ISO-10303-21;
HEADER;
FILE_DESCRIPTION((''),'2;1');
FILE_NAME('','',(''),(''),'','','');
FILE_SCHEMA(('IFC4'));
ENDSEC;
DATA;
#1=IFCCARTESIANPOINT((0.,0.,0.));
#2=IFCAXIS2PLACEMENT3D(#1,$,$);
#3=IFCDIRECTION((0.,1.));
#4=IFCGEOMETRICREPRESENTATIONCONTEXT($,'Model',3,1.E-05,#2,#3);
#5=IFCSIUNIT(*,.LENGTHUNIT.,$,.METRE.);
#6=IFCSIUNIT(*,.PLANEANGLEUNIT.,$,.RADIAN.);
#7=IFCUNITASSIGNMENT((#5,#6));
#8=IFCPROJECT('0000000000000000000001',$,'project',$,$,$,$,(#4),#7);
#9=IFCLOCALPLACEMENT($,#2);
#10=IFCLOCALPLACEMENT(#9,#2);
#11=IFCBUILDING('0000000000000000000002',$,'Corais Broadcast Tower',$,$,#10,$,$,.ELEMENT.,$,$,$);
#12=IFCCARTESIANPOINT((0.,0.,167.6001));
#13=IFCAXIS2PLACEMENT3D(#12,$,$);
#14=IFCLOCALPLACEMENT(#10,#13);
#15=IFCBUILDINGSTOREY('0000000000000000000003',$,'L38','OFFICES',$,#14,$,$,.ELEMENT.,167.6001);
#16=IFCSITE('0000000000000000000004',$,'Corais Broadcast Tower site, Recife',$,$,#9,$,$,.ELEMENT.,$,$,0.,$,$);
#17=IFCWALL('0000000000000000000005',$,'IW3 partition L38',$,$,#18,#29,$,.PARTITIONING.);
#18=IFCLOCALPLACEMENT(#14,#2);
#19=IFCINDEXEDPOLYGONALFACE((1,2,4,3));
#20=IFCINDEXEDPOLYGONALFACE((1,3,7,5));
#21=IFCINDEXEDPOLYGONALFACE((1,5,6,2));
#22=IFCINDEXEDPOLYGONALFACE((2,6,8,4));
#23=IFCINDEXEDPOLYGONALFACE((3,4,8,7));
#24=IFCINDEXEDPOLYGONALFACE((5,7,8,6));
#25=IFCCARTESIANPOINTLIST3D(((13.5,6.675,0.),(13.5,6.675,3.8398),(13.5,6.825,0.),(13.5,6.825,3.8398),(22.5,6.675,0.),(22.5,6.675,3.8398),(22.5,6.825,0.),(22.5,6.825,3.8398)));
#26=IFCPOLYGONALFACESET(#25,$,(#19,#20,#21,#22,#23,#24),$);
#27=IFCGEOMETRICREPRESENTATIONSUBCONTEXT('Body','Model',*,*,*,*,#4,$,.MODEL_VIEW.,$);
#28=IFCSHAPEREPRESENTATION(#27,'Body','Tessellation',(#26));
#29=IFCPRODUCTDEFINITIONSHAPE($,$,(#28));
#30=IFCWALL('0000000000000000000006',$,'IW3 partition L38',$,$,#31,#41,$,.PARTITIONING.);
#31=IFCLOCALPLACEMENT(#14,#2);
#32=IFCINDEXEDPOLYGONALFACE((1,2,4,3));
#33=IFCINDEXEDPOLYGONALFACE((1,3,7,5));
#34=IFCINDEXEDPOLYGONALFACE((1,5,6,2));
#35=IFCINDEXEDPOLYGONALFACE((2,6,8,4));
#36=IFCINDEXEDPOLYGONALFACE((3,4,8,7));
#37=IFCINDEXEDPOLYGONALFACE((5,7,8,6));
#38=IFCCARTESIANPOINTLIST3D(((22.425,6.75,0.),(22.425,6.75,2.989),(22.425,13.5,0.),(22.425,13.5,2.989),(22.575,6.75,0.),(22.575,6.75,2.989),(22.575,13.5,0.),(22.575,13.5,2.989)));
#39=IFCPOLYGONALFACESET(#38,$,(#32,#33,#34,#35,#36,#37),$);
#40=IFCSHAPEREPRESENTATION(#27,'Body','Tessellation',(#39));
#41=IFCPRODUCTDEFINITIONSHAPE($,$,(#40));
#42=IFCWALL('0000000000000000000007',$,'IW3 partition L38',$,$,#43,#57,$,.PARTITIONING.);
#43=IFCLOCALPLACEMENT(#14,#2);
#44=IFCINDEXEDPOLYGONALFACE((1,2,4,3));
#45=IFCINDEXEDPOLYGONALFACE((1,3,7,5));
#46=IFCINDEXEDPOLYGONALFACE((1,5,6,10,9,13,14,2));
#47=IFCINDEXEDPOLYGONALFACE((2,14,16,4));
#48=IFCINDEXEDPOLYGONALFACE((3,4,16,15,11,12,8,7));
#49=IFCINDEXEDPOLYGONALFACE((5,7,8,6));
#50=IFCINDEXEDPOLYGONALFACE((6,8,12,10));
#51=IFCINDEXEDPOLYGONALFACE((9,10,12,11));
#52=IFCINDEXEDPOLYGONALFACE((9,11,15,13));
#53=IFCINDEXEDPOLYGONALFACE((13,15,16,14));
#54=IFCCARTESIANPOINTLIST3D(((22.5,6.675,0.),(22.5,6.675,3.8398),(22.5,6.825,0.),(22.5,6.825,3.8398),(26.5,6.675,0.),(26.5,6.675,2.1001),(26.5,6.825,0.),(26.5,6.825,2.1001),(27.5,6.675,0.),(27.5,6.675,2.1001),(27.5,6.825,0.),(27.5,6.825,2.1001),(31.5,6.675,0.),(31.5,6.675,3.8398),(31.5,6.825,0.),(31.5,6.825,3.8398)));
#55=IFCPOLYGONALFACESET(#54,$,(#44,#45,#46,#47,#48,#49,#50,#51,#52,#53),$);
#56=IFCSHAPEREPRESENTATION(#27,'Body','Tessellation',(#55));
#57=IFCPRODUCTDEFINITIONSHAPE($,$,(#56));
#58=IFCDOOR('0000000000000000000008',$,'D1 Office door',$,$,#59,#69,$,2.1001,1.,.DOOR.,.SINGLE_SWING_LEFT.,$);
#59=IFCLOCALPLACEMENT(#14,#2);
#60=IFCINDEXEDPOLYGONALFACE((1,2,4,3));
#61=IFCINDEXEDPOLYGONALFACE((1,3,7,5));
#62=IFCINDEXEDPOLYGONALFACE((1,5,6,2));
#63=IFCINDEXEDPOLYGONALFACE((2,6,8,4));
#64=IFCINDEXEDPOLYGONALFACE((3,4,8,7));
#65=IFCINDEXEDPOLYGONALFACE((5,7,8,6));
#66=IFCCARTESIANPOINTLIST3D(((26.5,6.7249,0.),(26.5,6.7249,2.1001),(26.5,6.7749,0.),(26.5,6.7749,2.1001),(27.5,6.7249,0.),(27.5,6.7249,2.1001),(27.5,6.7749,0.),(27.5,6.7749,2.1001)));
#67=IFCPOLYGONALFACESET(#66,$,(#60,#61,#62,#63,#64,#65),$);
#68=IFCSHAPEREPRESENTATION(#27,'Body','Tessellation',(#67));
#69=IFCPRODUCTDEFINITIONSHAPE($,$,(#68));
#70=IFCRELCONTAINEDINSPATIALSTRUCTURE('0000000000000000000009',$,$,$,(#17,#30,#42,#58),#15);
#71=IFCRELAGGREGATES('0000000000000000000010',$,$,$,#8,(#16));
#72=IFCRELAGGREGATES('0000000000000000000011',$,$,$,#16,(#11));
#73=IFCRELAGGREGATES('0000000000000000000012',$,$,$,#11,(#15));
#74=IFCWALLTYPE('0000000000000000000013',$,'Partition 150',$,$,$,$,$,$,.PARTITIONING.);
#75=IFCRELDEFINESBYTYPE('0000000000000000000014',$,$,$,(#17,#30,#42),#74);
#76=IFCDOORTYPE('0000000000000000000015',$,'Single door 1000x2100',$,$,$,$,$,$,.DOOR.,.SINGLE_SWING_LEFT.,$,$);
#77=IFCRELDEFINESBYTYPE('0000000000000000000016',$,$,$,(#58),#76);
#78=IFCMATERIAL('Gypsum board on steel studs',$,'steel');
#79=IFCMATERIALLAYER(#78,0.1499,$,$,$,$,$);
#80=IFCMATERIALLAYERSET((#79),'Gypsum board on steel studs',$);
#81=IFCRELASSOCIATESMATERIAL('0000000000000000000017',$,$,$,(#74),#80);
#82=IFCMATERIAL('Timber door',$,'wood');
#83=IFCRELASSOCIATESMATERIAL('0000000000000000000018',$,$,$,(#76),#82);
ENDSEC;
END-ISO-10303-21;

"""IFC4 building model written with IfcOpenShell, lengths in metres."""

from ifc_helpers import new_model, si_unit, direction, frame, frame_2d, origin, place, context, subcontext, project, spatial, rectangle, extrude, material, layer, layer_set, type_object, element, fill, save


model = new_model("IFC4")

# Units and contexts
model_context = context("Model", 3, precision=1e-05, world=origin(), true_north=direction((0.0, 1.0)))
body_context = subcontext(model_context, "Body", "Model", "MODEL_VIEW")
ifc_project = project(units=[si_unit("LENGTHUNIT", "METRE"), si_unit("PLANEANGLEUNIT", "RADIAN")], contexts=[model_context])

# Site, building, storey
site_placement = place(None, origin())
site = spatial("IfcSite", under=ifc_project, at=site_placement, Name="Corais Broadcast Tower site, Recife", CompositionType="ELEMENT", RefElevation=0.0)
building_placement = place(site_placement, origin())
building = spatial("IfcBuilding", under=site, at=building_placement, Name="Corais Broadcast Tower", CompositionType="ELEMENT")
storey_placement = place(building_placement, frame((0.0, 0.0, 167.6001)))
storey = spatial("IfcBuildingStorey", under=building, at=storey_placement, Name="L38", Description="OFFICES", CompositionType="ELEMENT", Elevation=167.6001)

# Walls
ifc_material_1 = material(Name="Gypsum board on steel studs", Category="steel")
ifc_layer_1 = layer(ifc_material_1, 0.1499)
ifc_layer_set_1 = layer_set([ifc_layer_1], Name="Gypsum board on steel studs")
wall_type = type_object("IfcWallType", Name="Partition 150", PredefinedType="PARTITIONING", material=ifc_layer_set_1)
wall_1_placement = place(storey_placement, frame((13.5, 6.75, 0.0), z_axis=(0.0, 0.0, 1.0), x_axis=(1.0, 0.0, 0.0)))
element("IfcWall", 1, at=wall_1_placement, inside=storey, type_object=wall_type, Name="IW3 partition L38", PredefinedType="PARTITIONING", context=body_context, shape_type="SweptSolid", body=[
    extrude(rectangle(XDim=9.0, YDim=0.1499, at=frame_2d((4.5, 0.0))), origin(), (0.0, 0.0, 1.0), 3.8398),
])
wall_2_placement = place(storey_placement, frame((22.5, 6.75, 0.0), z_axis=(0.0, 0.0, 1.0), x_axis=(0.0, 1.0, 0.0)))
element("IfcWall", 2, at=wall_2_placement, inside=storey, type_object=wall_type, Name="IW3 partition L38", PredefinedType="PARTITIONING", context=body_context, shape_type="SweptSolid", body=[
    extrude(rectangle(XDim=6.75, YDim=0.1499, at=frame_2d((3.375, 0.0))), origin(), (0.0, 0.0, 1.0), 2.989),
])

# Wall, opening, door
wall_3_placement = place(storey_placement, frame((22.5, 6.75, 0.0), z_axis=(0.0, 0.0, 1.0), x_axis=(1.0, 0.0, 0.0)))
wall_3 = element("IfcWall", 3, at=wall_3_placement, inside=storey, type_object=wall_type, Name="IW3 partition L38", PredefinedType="PARTITIONING", context=body_context, shape_type="SweptSolid", body=[
    extrude(rectangle(XDim=9.0, YDim=0.1499, at=frame_2d((4.5, 0.0))), origin(), (0.0, 0.0, 1.0), 3.8398),
])
opening_placement = place(wall_3_placement, frame((4.0, 0.0, 0.0)))
opening = element("IfcOpeningElement", 4, at=opening_placement, cuts=wall_3, PredefinedType="OPENING", context=body_context, shape_type="SweptSolid", body=[
    extrude(rectangle(XDim=1.0, YDim=2.1001, at=frame_2d((0.5, 1.05))), frame((0.0, 0.085, 0.0), z_axis=(0.0, -1.0, 0.0), x_axis=(1.0, 0.0, 0.0)), (0.0, 0.0, 1.0), 0.1699),
])
ifc_material_2 = material(Name="Timber door", Category="wood")
door_type = type_object("IfcDoorType", Name="Single door 1000x2100", OperationType="SINGLE_SWING_LEFT", PredefinedType="DOOR", material=ifc_material_2)
door_placement = place(opening_placement, origin())
door = element("IfcDoor", 5, at=door_placement, inside=storey, type_object=door_type, Name="D1 Office door", OperationType="SINGLE_SWING_LEFT", OverallHeight=2.1001, OverallWidth=1.0, PredefinedType="DOOR", context=body_context, shape_type="SweptSolid", body=[
    extrude(rectangle(XDim=1.0, YDim=2.1001, at=frame_2d((0.5, 1.05))), frame((0.0, 0.0249, 0.0), z_axis=(0.0, -1.0, 0.0), x_axis=(1.0, 0.0, 0.0)), (0.0, 0.0, 1.0), 0.05),
])
fill(opening, door)

save(model, "model.ifc")
